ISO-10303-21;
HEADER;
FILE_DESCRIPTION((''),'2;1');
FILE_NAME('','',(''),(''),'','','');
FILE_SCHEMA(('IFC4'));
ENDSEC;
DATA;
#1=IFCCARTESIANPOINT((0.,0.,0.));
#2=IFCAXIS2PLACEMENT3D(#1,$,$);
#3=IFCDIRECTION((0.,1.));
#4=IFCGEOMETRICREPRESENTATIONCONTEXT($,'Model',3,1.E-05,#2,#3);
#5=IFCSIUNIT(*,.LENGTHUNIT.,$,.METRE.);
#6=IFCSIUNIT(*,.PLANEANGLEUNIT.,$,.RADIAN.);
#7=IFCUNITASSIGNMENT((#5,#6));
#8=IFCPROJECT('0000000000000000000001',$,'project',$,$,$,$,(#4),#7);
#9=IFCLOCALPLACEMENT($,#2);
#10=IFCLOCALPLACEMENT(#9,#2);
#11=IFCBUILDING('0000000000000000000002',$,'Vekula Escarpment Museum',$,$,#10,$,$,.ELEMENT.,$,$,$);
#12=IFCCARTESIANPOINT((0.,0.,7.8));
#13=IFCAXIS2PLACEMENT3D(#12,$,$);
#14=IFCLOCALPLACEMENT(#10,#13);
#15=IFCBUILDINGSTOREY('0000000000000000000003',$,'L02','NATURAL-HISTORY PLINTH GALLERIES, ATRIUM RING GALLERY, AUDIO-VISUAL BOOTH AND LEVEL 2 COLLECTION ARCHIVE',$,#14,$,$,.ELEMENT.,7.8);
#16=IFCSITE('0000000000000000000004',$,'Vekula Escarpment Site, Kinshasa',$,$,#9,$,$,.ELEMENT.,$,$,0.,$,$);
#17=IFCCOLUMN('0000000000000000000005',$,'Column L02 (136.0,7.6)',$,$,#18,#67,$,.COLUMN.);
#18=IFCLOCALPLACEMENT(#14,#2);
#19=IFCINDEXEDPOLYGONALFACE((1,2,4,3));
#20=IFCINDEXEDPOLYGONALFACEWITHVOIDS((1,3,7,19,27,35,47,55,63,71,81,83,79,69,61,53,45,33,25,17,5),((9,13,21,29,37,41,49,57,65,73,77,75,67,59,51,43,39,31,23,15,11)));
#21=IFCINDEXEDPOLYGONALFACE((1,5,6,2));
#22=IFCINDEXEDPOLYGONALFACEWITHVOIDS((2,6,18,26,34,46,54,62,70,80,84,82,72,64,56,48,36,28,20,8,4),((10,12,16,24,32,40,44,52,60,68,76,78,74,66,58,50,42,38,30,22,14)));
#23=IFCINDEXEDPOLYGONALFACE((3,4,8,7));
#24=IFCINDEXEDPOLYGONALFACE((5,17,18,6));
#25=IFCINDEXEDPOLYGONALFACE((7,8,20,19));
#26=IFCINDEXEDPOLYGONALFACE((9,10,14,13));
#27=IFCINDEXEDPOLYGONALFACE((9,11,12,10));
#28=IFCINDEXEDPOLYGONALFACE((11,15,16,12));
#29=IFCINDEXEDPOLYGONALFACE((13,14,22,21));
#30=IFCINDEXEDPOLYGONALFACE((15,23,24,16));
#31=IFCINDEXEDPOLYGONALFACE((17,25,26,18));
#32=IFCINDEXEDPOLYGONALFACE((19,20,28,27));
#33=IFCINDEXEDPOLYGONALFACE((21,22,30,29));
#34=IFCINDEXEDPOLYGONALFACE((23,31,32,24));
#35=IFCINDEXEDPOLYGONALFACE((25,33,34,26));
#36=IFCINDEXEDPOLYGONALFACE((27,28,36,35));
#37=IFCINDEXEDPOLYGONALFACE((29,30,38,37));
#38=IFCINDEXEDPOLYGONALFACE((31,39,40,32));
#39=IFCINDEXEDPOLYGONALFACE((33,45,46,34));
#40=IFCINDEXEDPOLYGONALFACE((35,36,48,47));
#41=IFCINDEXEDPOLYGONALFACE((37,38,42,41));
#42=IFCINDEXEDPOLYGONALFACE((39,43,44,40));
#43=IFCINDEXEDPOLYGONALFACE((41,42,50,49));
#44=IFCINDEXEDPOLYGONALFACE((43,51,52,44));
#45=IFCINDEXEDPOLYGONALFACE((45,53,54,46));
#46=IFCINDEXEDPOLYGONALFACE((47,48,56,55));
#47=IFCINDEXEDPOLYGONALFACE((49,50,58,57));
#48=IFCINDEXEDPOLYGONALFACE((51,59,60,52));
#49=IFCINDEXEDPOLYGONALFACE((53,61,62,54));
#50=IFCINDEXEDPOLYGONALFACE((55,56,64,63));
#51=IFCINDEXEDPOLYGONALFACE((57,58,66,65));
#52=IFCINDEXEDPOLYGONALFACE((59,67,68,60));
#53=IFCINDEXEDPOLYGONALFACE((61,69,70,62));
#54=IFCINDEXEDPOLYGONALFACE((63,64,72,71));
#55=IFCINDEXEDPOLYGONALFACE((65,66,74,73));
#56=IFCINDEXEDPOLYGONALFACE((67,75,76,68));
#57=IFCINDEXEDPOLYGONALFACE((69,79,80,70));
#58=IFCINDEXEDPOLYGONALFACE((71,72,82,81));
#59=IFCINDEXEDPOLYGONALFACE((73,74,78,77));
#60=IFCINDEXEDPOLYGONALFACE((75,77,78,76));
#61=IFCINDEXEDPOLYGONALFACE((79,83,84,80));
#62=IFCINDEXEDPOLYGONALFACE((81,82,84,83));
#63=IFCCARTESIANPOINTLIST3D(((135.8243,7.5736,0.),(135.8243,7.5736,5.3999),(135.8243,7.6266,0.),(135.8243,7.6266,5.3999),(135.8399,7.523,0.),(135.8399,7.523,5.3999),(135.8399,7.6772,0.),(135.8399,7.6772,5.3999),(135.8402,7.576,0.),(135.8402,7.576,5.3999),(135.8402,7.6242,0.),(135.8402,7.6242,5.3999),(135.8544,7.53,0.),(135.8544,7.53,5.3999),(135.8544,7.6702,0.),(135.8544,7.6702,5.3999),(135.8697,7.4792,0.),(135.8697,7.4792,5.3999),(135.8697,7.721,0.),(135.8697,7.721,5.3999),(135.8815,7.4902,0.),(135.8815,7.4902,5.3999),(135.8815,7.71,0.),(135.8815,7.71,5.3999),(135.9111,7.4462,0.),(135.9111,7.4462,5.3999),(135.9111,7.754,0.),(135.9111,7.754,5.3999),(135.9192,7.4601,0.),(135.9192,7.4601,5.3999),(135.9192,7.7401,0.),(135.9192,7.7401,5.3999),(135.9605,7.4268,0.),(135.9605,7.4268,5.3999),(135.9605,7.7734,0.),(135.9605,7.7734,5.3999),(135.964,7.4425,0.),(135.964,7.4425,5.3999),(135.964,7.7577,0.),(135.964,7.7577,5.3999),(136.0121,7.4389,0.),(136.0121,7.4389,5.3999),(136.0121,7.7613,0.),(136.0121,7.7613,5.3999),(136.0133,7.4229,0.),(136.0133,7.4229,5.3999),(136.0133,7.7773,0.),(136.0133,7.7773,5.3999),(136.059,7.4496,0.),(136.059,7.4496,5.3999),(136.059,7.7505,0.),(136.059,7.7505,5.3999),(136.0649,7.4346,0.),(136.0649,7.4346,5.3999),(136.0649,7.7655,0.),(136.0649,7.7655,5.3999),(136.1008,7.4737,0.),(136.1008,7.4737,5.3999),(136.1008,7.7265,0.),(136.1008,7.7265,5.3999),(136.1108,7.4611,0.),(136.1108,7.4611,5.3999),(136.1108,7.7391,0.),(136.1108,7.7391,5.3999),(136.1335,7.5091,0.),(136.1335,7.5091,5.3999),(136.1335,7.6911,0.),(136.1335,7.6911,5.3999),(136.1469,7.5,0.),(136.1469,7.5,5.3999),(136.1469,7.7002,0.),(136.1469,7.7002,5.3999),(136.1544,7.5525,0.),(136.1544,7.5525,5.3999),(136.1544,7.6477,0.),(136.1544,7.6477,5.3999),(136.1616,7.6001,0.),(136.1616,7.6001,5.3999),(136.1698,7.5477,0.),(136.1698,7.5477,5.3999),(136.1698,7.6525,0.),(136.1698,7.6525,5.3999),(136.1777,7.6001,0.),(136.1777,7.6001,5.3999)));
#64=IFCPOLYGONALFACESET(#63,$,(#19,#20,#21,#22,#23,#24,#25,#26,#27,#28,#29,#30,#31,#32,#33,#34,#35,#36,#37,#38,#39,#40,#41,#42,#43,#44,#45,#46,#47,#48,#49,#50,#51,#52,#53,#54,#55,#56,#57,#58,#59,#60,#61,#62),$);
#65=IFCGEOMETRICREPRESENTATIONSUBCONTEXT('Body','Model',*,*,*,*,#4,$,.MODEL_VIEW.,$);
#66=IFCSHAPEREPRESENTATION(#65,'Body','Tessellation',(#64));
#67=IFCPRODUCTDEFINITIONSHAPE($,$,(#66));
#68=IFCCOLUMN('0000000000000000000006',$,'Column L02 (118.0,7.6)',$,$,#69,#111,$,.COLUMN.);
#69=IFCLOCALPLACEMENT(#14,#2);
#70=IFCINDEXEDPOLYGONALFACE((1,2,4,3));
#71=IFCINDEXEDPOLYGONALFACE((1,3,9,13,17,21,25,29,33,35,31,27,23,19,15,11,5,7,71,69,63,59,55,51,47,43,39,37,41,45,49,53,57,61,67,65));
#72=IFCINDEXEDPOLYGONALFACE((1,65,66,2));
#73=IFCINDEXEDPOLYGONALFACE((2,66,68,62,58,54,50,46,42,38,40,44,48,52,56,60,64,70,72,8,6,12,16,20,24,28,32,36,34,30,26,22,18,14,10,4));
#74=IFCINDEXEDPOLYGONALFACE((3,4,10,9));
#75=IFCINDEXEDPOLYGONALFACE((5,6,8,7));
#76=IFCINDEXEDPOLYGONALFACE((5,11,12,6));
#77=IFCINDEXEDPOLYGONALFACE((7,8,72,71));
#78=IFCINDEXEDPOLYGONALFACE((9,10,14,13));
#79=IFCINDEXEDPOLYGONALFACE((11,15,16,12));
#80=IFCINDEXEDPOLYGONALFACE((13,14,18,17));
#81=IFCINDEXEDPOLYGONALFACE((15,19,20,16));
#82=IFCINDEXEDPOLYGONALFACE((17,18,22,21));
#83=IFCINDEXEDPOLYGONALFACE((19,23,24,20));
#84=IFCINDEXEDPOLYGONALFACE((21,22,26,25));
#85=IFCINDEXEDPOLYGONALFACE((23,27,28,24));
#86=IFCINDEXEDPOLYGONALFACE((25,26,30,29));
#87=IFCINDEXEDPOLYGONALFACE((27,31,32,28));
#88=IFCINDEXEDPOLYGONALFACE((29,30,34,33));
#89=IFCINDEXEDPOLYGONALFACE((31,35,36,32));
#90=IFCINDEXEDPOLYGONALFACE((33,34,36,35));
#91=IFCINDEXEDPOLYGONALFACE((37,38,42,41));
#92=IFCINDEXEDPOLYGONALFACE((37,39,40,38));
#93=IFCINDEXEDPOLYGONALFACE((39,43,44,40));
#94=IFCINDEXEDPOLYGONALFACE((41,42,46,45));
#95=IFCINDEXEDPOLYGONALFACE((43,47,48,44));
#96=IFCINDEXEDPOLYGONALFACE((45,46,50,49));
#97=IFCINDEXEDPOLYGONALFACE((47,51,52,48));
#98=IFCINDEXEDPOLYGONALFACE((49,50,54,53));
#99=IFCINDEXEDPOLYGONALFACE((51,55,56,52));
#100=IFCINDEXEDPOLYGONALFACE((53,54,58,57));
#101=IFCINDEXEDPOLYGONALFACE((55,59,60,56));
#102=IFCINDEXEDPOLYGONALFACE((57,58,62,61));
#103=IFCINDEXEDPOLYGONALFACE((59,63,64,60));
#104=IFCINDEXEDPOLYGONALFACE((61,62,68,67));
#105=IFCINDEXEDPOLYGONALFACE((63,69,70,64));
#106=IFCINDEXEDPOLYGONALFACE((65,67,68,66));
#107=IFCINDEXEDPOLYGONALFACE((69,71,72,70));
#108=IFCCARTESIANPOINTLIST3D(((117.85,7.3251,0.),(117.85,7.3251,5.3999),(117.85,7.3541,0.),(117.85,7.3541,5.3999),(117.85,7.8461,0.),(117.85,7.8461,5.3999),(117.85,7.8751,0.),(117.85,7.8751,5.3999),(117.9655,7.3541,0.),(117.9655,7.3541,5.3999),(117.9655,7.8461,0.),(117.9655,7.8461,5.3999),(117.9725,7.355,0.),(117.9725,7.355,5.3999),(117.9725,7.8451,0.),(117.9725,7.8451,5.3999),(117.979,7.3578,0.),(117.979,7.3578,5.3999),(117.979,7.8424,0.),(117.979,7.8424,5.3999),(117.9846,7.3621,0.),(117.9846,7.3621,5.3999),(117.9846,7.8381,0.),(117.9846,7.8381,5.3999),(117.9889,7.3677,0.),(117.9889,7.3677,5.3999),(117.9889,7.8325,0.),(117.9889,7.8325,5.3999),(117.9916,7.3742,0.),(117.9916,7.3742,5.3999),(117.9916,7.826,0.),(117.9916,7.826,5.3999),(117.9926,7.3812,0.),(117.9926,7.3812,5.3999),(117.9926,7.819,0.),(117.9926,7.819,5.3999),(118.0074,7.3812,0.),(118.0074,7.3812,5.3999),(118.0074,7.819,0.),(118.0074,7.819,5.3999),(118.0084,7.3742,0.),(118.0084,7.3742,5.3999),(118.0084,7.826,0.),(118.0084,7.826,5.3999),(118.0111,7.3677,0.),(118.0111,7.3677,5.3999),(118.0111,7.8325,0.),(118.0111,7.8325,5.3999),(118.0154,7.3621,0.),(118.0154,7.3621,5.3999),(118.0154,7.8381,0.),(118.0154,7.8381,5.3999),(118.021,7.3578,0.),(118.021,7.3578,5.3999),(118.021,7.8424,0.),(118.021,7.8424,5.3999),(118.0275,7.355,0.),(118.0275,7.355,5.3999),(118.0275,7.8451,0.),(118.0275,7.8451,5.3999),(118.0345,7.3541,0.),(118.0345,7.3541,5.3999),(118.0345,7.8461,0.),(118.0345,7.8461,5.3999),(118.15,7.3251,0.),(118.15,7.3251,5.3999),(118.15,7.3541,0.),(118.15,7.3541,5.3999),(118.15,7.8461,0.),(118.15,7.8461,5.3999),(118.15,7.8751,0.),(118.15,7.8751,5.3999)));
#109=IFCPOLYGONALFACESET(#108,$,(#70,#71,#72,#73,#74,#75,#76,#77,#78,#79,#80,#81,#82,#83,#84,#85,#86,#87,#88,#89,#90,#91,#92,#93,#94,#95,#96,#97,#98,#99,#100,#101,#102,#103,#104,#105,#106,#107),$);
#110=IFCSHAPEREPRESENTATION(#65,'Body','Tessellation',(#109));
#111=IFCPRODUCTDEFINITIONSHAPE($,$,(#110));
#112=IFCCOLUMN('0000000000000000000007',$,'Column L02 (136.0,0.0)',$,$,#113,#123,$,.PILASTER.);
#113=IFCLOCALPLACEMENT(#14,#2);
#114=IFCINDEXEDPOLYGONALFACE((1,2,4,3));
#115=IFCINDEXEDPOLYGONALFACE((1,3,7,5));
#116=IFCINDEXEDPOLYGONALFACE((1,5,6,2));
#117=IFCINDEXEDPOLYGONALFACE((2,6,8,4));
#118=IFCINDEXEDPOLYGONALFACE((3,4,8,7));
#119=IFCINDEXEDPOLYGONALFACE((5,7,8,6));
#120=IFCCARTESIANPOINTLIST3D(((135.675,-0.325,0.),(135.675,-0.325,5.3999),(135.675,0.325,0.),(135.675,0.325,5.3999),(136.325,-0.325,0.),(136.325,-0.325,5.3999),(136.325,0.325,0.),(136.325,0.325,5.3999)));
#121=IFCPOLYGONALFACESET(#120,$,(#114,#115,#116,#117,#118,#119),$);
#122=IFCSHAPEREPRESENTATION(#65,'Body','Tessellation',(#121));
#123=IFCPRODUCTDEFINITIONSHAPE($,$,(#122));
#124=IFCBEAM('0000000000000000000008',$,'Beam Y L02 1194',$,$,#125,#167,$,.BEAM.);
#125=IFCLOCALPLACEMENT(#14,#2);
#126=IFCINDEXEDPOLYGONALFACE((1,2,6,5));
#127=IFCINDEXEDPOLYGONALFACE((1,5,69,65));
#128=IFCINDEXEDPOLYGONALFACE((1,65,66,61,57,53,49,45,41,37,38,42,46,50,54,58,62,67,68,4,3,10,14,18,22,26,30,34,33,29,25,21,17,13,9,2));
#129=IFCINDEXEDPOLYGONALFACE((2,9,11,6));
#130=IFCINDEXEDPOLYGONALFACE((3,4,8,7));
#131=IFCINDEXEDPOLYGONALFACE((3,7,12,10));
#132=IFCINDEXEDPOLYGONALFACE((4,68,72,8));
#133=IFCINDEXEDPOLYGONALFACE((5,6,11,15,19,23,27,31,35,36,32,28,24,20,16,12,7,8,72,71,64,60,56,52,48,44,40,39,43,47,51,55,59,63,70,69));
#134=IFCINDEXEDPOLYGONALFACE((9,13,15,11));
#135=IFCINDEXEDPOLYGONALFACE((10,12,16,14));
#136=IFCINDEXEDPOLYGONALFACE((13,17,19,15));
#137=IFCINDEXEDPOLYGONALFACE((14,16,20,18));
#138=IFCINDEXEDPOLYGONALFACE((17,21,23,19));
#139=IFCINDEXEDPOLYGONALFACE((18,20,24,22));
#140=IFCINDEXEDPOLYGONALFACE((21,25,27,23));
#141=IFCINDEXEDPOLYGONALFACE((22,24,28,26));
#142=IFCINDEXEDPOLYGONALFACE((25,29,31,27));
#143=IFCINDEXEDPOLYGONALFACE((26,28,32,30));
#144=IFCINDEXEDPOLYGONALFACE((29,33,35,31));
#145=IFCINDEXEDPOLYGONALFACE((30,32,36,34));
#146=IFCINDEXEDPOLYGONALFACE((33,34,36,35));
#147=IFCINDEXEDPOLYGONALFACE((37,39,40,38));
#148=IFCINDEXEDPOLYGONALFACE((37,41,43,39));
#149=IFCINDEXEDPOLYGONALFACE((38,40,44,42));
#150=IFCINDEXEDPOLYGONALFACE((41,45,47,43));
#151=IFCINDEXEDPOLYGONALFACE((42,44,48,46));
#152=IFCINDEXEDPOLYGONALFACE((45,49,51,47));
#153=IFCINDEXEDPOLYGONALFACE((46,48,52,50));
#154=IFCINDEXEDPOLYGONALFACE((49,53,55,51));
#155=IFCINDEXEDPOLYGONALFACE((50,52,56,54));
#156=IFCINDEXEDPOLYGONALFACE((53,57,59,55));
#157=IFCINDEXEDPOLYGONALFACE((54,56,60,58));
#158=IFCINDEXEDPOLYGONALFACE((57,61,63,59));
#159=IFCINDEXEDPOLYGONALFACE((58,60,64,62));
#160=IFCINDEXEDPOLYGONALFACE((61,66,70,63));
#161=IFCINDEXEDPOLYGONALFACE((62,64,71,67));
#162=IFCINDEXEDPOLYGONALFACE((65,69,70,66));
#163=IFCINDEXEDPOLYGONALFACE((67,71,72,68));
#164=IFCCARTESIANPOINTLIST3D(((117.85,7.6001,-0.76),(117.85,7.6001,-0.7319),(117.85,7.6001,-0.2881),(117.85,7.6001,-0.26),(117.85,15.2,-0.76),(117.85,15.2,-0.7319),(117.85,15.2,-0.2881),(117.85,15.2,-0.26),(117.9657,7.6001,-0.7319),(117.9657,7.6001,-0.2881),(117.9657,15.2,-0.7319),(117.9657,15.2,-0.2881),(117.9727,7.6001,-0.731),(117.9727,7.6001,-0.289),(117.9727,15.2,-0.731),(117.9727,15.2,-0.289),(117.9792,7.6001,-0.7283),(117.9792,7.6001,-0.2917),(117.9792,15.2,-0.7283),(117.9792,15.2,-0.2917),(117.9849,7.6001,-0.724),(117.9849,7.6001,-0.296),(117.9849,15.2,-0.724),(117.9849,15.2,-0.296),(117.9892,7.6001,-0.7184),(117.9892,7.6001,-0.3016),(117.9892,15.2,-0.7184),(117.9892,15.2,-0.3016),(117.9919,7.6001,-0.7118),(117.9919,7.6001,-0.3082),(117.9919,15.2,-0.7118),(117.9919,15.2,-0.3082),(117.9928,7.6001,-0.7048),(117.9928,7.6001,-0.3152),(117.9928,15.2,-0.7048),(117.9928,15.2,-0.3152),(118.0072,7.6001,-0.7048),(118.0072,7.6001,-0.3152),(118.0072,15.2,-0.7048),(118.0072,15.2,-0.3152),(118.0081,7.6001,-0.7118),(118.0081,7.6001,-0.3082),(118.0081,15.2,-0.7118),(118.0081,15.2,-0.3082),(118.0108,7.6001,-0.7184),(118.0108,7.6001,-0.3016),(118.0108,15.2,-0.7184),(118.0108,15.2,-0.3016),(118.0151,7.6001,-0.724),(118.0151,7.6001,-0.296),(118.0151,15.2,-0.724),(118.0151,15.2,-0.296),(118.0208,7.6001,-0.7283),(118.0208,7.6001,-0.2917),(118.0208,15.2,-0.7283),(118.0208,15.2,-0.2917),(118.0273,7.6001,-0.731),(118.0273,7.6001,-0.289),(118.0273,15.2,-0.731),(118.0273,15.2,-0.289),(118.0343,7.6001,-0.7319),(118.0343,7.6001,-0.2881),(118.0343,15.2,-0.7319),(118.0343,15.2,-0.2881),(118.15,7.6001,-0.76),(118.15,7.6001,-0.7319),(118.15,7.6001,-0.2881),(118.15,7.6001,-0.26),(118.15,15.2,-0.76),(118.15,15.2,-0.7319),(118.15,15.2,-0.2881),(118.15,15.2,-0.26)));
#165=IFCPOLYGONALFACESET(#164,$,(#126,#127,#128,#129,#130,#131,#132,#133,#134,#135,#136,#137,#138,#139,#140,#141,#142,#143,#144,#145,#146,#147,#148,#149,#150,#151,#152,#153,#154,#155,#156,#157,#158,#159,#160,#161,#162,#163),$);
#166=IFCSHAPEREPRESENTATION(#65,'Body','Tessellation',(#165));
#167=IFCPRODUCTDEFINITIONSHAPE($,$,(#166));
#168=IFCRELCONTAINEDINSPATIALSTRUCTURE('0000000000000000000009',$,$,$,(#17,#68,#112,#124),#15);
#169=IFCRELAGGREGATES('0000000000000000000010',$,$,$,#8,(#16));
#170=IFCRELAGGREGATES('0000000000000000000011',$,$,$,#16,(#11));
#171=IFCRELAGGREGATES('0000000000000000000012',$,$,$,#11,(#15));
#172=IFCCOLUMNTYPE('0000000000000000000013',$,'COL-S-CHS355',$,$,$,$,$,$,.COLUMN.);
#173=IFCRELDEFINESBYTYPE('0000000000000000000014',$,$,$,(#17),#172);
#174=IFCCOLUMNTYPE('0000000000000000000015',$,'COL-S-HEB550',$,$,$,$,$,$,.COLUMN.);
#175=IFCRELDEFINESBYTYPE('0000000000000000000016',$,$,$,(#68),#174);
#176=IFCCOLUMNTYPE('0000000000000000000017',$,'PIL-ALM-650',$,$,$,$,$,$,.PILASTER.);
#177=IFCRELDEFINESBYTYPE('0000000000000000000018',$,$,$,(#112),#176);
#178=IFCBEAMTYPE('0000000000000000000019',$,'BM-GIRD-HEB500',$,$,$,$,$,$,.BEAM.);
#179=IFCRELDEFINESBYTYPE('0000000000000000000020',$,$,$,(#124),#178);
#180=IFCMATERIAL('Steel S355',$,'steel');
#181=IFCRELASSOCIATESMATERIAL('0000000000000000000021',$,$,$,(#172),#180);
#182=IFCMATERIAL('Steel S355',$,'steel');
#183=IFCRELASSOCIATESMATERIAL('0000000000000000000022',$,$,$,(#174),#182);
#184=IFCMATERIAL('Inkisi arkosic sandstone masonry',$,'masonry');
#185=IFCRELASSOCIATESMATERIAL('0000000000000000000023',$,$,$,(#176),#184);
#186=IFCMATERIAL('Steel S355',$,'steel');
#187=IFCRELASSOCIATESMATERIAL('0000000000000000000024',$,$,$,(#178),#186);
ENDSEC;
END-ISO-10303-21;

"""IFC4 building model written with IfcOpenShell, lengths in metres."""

from ifc_helpers import new_model, si_unit, direction, frame, origin, origin_2d, place, context, subcontext, project, spatial, rectangle, hollow_circle, i_section, extrude, material, material_profile, profile_set, type_object, element, save


model = new_model("IFC4")

# Units and contexts
model_context = context("Model", 3, precision=1e-05, world=origin(), true_north=direction((0.0, 1.0)))
body_context = subcontext(model_context, "Body", "Model", "MODEL_VIEW")
ifc_project = project(units=[si_unit("LENGTHUNIT", "METRE"), si_unit("PLANEANGLEUNIT", "RADIAN")], contexts=[model_context])

# Site, building, storey
site_placement = place(None, origin())
site = spatial("IfcSite", under=ifc_project, at=site_placement, Name="Vekula Escarpment Site, Kinshasa", CompositionType="ELEMENT", RefElevation=0.0)
building_placement = place(site_placement, origin())
building = spatial("IfcBuilding", under=site, at=building_placement, Name="Vekula Escarpment Museum", CompositionType="ELEMENT")
storey_placement = place(building_placement, frame((0.0, 0.0, 7.8)))
storey = spatial("IfcBuildingStorey", under=building, at=storey_placement, Name="L02", Description="NATURAL-HISTORY PLINTH GALLERIES, ATRIUM RING GALLERY, AUDIO-VISUAL BOOTH AND LEVEL 2 COLLECTION ARCHIVE", CompositionType="ELEMENT", Elevation=7.8)

# Columns
ifc_material_1 = material(Name="Steel S355", Category="steel")
ifc_material_profile_1 = material_profile(ifc_material_1, hollow_circle(Radius=0.1777, WallThickness=0.0161, at=origin_2d()), Name="CHS 355.6x16")
ifc_profile_set_1 = profile_set([ifc_material_profile_1], Name="Steel S355")
column_type_1 = type_object("IfcColumnType", Name="COL-S-CHS355", PredefinedType="COLUMN", material=ifc_profile_set_1)
column_1_placement = place(storey_placement, frame((136.0, 7.6001, 0.0), z_axis=(0.0, 0.0, 1.0), x_axis=(1.0, 0.0, 0.0)))
element("IfcColumn", 1, at=column_1_placement, inside=storey, type_object=column_type_1, Name="Column L02 (136.0,7.6)", PredefinedType="COLUMN", context=body_context, shape_type="SweptSolid", body=[
    extrude(hollow_circle(Radius=0.1777, WallThickness=0.0161, at=origin_2d()), origin(), (0.0, 0.0, 1.0), 5.3999),
])
ifc_material_2 = material(Name="Steel S355", Category="steel")
ifc_material_profile_2 = material_profile(ifc_material_2, i_section(OverallWidth=0.3, OverallDepth=0.55, WebThickness=0.0149, FlangeThickness=0.0291, FilletRadius=0.0271, at=origin_2d()), Name="HEB 550")
ifc_profile_set_2 = profile_set([ifc_material_profile_2], Name="Steel S355")
column_type_2 = type_object("IfcColumnType", Name="COL-S-HEB550", PredefinedType="COLUMN", material=ifc_profile_set_2)
column_2_placement = place(storey_placement, frame((118.0, 7.6001, 0.0), z_axis=(0.0, 0.0, 1.0), x_axis=(1.0, 0.0, 0.0)))
element("IfcColumn", 2, at=column_2_placement, inside=storey, type_object=column_type_2, Name="Column L02 (118.0,7.6)", PredefinedType="COLUMN", context=body_context, shape_type="SweptSolid", body=[
    extrude(i_section(OverallWidth=0.3, OverallDepth=0.55, WebThickness=0.0149, FlangeThickness=0.0291, FilletRadius=0.0271, at=origin_2d()), origin(), (0.0, 0.0, 1.0), 5.3999),
])
ifc_material_3 = material(Name="Inkisi arkosic sandstone masonry", Category="masonry")
ifc_material_profile_3 = material_profile(ifc_material_3, rectangle(XDim=0.6499, YDim=0.6499, at=origin_2d()), Name="PIER 650x650")
ifc_profile_set_3 = profile_set([ifc_material_profile_3], Name="Inkisi arkosic sandstone masonry")
column_type_3 = type_object("IfcColumnType", Name="PIL-ALM-650", PredefinedType="PILASTER", material=ifc_profile_set_3)
column_3_placement = place(storey_placement, frame((136.0, 0.0, 0.0), z_axis=(0.0, 0.0, 1.0), x_axis=(1.0, 0.0, 0.0)))
element("IfcColumn", 3, at=column_3_placement, inside=storey, type_object=column_type_3, Name="Column L02 (136.0,0.0)", PredefinedType="PILASTER", context=body_context, shape_type="SweptSolid", body=[
    extrude(rectangle(XDim=0.6499, YDim=0.6499, at=origin_2d()), origin(), (0.0, 0.0, 1.0), 5.3999),
])

# Beam
ifc_material_4 = material(Name="Steel S355", Category="steel")
ifc_material_profile_4 = material_profile(ifc_material_4, i_section(OverallWidth=0.3, OverallDepth=0.5, WebThickness=0.0144, FlangeThickness=0.0281, FilletRadius=0.0271, at=origin_2d()), Name="HEB 500")
ifc_profile_set_4 = profile_set([ifc_material_profile_4], Name="Steel S355")
beam_type_1 = type_object("IfcBeamType", Name="BM-GIRD-HEB500", PredefinedType="BEAM", material=ifc_profile_set_4)
beam_1_placement = place(storey_placement, frame((118.0, 7.6001, -0.51), z_axis=(0.0, 1.0, 0.0), x_axis=(-1.0, 0.0, 0.0)))
element("IfcBeam", 4, at=beam_1_placement, inside=storey, type_object=beam_type_1, Name="Beam Y L02 1194", PredefinedType="BEAM", context=body_context, shape_type="SweptSolid", body=[
    extrude(i_section(OverallWidth=0.3, OverallDepth=0.5, WebThickness=0.0144, FlangeThickness=0.0281, FilletRadius=0.0271, at=origin_2d()), origin(), (0.0, 0.0, 1.0), 7.5999),
])

save(model, "model.ifc")
